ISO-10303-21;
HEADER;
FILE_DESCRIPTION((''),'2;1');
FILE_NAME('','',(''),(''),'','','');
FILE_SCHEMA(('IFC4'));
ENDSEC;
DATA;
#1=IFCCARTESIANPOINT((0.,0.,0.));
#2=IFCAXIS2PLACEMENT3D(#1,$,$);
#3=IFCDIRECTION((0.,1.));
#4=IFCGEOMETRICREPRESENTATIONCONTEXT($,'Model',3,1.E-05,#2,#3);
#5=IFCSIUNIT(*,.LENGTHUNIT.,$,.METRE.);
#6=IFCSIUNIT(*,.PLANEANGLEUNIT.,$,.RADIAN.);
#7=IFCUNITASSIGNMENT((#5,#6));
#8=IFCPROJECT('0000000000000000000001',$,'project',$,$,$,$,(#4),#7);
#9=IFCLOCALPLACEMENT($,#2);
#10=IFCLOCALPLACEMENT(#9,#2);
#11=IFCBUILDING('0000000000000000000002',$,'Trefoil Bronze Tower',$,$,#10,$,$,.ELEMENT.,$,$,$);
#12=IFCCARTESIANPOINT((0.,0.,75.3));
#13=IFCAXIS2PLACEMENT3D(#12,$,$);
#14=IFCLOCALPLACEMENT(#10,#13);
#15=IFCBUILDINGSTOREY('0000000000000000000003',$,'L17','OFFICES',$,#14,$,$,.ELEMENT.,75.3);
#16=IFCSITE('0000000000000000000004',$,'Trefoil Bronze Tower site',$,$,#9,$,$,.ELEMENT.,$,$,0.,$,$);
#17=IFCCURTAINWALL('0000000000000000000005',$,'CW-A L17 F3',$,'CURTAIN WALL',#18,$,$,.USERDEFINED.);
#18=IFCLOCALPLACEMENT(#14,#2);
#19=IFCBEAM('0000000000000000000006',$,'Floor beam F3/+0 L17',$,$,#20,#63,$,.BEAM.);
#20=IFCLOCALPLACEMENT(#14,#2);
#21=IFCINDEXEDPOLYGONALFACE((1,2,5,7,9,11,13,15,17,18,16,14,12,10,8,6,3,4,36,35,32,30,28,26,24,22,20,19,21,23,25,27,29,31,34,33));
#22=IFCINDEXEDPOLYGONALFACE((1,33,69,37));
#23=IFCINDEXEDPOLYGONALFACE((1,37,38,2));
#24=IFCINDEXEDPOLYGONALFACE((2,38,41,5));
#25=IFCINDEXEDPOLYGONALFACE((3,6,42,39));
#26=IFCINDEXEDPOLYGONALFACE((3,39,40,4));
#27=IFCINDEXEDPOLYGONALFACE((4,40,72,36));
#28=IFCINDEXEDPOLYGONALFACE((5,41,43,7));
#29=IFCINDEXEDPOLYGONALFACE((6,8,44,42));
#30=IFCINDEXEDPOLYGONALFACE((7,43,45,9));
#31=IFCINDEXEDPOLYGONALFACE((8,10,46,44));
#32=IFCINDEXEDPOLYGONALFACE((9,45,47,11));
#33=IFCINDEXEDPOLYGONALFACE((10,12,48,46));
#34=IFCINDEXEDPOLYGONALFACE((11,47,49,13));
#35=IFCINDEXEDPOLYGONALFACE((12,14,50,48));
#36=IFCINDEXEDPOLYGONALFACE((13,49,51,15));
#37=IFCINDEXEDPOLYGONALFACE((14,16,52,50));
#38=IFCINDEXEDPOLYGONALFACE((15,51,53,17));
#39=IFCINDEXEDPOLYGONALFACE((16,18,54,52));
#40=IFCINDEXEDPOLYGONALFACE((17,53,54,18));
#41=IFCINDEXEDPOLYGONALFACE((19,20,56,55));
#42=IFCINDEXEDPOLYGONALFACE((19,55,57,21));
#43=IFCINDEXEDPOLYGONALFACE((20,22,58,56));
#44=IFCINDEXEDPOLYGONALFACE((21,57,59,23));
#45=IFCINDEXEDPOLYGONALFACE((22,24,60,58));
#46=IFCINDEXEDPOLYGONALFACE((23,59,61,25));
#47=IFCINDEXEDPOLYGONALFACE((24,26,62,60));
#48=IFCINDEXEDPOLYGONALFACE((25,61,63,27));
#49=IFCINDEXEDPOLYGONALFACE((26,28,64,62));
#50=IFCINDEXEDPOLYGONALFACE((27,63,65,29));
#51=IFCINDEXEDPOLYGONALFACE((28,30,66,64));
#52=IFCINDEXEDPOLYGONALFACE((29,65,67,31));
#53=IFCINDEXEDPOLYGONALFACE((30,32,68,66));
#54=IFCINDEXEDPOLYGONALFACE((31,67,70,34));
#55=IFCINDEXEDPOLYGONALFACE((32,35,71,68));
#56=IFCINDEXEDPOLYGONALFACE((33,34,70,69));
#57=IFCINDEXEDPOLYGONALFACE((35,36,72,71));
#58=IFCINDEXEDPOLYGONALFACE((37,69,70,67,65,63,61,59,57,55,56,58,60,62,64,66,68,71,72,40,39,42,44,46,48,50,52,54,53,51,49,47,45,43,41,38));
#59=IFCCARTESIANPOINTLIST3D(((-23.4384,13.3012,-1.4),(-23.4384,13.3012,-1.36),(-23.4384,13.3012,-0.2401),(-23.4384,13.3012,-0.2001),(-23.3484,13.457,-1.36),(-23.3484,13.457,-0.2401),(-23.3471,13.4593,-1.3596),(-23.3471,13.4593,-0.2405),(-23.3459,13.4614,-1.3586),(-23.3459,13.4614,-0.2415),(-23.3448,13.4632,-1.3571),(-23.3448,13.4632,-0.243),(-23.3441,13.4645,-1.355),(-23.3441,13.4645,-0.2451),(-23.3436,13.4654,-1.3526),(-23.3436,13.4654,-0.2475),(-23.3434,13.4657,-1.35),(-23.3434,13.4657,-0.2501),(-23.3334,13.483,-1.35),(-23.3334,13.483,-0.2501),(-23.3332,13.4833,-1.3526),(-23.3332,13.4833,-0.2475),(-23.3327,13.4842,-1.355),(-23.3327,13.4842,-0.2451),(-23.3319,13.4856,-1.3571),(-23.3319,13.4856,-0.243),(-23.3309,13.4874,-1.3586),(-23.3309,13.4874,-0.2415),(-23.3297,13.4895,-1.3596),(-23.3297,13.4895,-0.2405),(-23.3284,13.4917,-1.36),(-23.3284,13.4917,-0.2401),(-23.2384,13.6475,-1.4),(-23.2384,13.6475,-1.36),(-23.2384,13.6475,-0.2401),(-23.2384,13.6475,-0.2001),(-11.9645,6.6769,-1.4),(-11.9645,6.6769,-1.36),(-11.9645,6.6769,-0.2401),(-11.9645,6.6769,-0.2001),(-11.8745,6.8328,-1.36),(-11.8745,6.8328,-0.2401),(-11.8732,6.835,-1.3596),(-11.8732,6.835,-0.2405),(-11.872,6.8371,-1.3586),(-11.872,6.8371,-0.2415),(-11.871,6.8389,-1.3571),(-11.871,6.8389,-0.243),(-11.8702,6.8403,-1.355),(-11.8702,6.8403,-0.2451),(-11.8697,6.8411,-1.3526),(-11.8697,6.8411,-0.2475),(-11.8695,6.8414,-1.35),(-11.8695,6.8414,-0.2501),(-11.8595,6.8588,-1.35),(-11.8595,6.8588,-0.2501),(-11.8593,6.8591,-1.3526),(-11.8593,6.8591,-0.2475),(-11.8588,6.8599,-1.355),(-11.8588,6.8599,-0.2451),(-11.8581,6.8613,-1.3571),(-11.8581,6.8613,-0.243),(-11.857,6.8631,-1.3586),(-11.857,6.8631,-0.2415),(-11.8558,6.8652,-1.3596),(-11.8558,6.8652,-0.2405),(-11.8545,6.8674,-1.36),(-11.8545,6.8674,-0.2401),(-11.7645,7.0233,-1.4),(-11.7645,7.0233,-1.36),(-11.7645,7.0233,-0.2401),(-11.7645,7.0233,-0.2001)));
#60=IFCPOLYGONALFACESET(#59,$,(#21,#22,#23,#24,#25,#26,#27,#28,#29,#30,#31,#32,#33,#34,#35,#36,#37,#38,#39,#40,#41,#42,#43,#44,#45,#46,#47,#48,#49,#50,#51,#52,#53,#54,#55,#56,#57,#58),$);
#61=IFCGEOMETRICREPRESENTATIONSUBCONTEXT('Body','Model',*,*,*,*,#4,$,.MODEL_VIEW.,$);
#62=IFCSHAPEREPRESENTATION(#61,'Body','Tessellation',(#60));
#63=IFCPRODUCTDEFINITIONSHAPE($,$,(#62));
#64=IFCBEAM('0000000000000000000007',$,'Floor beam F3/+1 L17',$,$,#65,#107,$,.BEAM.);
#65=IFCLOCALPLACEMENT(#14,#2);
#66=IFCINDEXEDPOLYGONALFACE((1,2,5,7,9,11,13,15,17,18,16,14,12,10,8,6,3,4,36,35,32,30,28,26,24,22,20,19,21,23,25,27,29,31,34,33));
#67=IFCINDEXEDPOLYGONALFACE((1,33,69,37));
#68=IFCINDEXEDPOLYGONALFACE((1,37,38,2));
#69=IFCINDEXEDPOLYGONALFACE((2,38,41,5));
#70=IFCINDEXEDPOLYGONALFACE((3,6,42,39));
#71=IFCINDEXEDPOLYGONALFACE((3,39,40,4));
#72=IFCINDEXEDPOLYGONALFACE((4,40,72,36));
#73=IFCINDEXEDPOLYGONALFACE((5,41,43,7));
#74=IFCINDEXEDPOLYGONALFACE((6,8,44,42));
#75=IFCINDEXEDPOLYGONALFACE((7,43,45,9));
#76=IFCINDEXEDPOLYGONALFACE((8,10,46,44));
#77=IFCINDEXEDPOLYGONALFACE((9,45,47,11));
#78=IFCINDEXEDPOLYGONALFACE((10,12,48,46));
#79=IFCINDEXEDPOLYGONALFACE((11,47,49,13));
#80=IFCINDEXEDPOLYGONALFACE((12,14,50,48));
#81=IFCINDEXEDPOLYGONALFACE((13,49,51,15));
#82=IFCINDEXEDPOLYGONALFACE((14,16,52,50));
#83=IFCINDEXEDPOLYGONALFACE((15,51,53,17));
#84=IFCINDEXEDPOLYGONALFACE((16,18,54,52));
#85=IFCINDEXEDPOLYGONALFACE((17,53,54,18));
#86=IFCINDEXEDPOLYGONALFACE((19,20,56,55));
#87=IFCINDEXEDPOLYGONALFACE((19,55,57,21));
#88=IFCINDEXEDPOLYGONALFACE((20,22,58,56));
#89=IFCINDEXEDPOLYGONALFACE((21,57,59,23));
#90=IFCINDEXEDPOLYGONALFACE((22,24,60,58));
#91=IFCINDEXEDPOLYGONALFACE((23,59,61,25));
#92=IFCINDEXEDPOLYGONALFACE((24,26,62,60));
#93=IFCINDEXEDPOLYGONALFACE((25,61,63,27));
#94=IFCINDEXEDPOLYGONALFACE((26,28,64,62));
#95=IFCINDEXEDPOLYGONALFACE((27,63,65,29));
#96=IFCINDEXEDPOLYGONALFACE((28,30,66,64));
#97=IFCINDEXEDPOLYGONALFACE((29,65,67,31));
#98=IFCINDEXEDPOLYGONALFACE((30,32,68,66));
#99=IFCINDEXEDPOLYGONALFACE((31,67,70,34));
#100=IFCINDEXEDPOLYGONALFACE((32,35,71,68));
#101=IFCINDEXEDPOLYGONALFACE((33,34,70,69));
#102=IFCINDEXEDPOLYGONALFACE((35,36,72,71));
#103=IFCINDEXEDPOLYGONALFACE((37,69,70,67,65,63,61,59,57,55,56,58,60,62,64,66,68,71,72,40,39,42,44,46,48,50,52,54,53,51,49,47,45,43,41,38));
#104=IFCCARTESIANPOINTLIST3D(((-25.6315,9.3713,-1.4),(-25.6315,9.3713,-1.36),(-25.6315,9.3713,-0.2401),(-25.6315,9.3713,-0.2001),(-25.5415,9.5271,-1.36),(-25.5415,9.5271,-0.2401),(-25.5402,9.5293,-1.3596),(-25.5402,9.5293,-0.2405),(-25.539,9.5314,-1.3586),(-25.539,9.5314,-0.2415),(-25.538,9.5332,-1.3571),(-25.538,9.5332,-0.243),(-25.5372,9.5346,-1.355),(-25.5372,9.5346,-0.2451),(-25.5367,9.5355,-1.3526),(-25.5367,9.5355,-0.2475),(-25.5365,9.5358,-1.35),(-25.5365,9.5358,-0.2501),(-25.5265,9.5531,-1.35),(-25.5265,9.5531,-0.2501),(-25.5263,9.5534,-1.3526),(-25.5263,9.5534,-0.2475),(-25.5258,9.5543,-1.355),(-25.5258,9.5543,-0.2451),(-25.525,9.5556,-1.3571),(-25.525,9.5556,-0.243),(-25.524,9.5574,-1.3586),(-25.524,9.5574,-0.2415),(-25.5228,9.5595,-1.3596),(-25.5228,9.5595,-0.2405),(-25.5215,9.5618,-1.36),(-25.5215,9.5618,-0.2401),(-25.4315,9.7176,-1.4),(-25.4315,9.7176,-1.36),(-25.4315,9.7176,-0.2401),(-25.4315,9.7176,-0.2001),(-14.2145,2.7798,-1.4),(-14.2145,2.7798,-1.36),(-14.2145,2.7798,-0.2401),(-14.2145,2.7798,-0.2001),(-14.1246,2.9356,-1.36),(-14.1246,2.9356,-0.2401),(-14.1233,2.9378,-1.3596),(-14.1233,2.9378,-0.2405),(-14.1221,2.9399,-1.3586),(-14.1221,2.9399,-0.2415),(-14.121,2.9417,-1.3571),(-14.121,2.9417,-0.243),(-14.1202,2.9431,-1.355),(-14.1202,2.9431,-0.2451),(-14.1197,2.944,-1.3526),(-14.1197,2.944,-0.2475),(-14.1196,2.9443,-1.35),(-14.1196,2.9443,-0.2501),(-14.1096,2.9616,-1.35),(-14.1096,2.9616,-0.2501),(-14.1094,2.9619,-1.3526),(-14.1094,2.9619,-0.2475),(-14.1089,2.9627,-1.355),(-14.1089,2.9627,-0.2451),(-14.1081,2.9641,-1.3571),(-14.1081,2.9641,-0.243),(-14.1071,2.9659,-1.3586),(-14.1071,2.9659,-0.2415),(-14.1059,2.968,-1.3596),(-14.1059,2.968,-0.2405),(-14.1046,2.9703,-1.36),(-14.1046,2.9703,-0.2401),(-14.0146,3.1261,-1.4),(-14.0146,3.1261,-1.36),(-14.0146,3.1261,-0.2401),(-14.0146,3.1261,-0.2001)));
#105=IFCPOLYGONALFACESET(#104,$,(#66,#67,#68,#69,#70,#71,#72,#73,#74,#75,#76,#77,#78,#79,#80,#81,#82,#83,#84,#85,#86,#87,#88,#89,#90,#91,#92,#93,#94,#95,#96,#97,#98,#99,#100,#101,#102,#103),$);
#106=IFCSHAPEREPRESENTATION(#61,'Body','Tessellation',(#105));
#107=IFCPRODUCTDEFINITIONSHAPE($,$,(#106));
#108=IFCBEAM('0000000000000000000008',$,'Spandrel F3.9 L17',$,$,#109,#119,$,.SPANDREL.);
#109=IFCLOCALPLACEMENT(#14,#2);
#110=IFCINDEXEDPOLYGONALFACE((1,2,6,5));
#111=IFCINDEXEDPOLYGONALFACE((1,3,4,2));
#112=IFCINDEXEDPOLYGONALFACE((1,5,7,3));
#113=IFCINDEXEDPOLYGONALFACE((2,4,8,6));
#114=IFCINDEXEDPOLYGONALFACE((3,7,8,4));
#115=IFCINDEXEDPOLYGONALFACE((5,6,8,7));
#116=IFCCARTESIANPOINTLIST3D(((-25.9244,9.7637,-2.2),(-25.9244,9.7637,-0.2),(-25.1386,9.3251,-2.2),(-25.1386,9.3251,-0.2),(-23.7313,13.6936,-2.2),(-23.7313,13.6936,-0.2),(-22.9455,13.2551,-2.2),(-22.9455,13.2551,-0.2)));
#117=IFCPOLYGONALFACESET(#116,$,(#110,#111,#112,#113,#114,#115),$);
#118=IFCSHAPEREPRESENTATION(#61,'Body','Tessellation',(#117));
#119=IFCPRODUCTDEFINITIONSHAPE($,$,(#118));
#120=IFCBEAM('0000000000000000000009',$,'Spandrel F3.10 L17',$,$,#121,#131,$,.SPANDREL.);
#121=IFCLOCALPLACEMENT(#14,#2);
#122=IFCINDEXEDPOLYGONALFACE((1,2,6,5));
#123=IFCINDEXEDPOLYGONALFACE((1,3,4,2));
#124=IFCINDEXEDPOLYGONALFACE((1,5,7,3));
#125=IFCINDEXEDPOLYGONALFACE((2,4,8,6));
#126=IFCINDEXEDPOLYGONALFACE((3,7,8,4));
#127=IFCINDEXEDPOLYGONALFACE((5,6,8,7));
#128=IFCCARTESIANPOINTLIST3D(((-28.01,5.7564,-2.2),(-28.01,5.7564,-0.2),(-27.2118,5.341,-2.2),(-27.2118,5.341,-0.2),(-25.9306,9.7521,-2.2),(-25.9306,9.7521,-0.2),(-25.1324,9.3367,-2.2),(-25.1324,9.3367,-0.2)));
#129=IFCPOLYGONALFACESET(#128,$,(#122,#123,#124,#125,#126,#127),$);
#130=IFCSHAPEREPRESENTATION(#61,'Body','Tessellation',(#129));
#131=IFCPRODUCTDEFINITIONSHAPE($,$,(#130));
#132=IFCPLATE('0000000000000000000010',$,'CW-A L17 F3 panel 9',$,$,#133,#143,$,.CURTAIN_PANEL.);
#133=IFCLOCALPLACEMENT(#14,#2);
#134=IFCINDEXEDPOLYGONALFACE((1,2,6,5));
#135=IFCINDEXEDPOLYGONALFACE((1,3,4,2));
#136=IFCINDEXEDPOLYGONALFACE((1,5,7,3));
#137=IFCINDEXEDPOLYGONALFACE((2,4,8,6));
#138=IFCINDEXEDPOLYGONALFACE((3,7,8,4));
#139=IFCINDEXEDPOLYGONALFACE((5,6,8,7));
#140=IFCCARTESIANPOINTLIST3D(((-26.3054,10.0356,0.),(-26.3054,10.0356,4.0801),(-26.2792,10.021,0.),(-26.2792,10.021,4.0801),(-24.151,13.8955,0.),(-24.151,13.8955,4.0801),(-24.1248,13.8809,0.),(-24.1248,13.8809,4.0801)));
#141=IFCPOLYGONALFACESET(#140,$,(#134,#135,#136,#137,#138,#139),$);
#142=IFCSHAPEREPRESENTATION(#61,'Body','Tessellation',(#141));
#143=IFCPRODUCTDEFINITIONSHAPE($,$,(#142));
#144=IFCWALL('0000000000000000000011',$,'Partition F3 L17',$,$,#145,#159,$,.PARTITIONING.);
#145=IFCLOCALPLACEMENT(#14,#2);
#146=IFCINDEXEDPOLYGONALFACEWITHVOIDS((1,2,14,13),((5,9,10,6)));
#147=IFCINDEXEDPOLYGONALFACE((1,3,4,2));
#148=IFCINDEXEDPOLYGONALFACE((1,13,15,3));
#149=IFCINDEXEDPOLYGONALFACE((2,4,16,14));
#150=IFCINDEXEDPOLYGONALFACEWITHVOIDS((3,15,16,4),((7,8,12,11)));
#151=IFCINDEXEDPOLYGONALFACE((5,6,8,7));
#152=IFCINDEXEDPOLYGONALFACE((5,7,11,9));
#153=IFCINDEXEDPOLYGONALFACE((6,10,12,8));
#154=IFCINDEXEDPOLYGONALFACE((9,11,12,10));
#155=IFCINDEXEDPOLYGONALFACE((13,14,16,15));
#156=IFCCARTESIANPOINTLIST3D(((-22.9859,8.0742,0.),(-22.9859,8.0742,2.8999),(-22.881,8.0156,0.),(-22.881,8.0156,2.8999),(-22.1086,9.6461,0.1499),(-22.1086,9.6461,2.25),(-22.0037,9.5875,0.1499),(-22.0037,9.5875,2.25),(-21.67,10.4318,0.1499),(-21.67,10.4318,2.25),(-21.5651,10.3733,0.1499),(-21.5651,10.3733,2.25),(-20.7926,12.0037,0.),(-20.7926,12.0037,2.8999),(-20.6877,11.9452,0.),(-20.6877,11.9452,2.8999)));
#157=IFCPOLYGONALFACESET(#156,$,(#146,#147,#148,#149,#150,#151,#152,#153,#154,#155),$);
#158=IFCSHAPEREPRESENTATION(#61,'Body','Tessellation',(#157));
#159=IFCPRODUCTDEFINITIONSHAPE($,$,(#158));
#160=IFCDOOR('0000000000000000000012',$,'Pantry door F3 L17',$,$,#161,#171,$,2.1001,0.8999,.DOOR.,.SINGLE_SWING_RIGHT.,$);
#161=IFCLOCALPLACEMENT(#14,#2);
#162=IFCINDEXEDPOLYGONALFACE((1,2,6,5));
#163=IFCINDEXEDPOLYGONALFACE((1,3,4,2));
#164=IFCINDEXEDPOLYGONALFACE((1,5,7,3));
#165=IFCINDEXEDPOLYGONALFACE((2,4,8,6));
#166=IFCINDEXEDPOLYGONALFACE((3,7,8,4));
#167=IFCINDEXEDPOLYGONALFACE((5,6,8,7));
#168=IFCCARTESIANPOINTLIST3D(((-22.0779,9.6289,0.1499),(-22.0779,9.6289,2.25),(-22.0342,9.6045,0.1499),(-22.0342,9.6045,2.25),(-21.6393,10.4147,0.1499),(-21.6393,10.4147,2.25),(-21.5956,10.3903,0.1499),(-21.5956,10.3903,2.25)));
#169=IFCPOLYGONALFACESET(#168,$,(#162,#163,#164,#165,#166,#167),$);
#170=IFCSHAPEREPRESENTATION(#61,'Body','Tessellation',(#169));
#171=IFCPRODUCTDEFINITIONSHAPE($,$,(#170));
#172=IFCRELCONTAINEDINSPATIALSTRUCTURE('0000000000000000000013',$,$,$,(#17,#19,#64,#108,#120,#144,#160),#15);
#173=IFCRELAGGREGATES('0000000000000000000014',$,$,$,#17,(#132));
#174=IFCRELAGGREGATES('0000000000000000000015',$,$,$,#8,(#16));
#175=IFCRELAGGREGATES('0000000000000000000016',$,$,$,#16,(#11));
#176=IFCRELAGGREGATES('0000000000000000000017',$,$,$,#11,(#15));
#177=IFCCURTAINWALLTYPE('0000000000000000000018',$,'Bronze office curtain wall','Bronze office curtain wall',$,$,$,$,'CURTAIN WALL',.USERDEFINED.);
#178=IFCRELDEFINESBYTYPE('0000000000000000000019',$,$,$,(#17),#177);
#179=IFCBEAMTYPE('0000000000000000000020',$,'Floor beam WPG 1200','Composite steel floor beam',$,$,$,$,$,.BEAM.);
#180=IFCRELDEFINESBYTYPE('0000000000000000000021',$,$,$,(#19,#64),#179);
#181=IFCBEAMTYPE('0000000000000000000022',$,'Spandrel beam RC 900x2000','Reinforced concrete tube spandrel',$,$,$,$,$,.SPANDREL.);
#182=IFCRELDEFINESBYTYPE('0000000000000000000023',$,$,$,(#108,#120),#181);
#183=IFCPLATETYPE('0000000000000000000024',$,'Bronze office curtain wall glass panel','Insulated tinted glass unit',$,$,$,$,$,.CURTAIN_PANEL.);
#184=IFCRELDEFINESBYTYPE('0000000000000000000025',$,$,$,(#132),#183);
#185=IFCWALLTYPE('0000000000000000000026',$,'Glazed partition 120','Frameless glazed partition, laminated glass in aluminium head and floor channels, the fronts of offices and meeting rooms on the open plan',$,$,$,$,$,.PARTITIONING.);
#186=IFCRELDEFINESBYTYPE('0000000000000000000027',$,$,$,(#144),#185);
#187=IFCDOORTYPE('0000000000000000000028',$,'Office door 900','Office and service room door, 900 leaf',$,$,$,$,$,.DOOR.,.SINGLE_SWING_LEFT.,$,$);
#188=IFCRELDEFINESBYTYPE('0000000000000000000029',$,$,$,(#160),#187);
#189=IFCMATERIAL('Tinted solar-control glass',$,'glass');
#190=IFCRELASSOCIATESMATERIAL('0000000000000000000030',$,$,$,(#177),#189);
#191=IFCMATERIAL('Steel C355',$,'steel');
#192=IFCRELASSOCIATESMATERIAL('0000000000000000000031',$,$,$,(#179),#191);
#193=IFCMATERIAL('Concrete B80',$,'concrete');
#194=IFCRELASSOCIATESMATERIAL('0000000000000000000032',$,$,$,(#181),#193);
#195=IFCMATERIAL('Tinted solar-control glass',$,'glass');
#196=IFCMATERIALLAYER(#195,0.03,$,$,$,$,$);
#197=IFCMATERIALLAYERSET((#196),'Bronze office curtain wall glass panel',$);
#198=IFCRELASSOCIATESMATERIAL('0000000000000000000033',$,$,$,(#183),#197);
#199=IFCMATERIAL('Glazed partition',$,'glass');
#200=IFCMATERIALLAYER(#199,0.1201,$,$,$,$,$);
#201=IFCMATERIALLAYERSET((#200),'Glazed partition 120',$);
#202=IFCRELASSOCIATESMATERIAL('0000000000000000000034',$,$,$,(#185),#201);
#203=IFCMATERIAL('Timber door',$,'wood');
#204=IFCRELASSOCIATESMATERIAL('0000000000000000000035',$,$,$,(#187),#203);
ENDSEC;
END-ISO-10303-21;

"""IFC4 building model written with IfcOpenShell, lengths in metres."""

from ifc_helpers import new_model, si_unit, direction, frame, frame_2d, origin, origin_2d, place, context, subcontext, project, spatial, rectangle, i_section, extrude, material, layer, layer_set, material_profile, profile_set, type_object, element, fill, aggregate, save


model = new_model("IFC4")

# Units and contexts
model_context = context("Model", 3, precision=1e-05, world=origin(), true_north=direction((0.0, 1.0)))
body_context = subcontext(model_context, "Body", "Model", "MODEL_VIEW")
ifc_project = project(units=[si_unit("LENGTHUNIT", "METRE"), si_unit("PLANEANGLEUNIT", "RADIAN")], contexts=[model_context])

# Site, building, storey
site_placement = place(None, origin())
site = spatial("IfcSite", under=ifc_project, at=site_placement, Name="Trefoil Bronze Tower site", CompositionType="ELEMENT", RefElevation=0.0)
building_placement = place(site_placement, origin())
building = spatial("IfcBuilding", under=site, at=building_placement, Name="Trefoil Bronze Tower", CompositionType="ELEMENT")
storey_placement = place(building_placement, frame((0.0, 0.0, 75.3)))
storey = spatial("IfcBuildingStorey", under=building, at=storey_placement, Name="L17", Description="OFFICES", CompositionType="ELEMENT", Elevation=75.3)

# Curtain wall
ifc_material_1 = material(Name="Tinted solar-control glass", Category="glass")
curtain_wall_type = type_object("IfcCurtainWallType", Name="Bronze office curtain wall", Description="Bronze office curtain wall", ElementType="CURTAIN WALL", PredefinedType="USERDEFINED", material=ifc_material_1)
curtain_wall_placement = place(storey_placement, origin())
curtain_wall = element("IfcCurtainWall", 1, at=curtain_wall_placement, inside=storey, type_object=curtain_wall_type, Name="CW-A L17 F3", ObjectType="CURTAIN WALL", PredefinedType="USERDEFINED")

# Beams
ifc_material_2 = material(Name="Steel C355", Category="steel")
ifc_material_profile_1 = material_profile(ifc_material_2, i_section(OverallWidth=0.3999, OverallDepth=1.2, WebThickness=0.02, FlangeThickness=0.04, FilletRadius=0.01, at=origin_2d()), Name="WPG 1200")
ifc_profile_set_1 = profile_set([ifc_material_profile_1], Name="Steel C355")
beam_type_1 = type_object("IfcBeamType", Name="Floor beam WPG 1200", Description="Composite steel floor beam", PredefinedType="BEAM", material=ifc_profile_set_1)
beam_1_placement = place(storey_placement, frame((-23.3384, 13.4744, -0.8), z_axis=(0.866031, -0.49999, 0.0), x_axis=(0.49999, 0.866031, 0.0)))
element("IfcBeam", 2, at=beam_1_placement, inside=storey, type_object=beam_type_1, Name="Floor beam F3/+0 L17", PredefinedType="BEAM", context=body_context, shape_type="SweptSolid", body=[
    extrude(i_section(OverallWidth=0.3999, OverallDepth=1.2, WebThickness=0.02, FlangeThickness=0.04, FilletRadius=0.01, at=origin_2d()), origin(), (0.0, 0.0, 1.0), 13.2488),
])
beam_2_placement = place(storey_placement, frame((-25.5315, 9.5444, -0.8), z_axis=(0.866027, -0.499997, 0.0), x_axis=(0.499997, 0.866027, 0.0)))
element("IfcBeam", 3, at=beam_2_placement, inside=storey, type_object=beam_type_1, Name="Floor beam F3/+1 L17", PredefinedType="BEAM", context=body_context, shape_type="SweptSolid", body=[
    extrude(i_section(OverallWidth=0.3999, OverallDepth=1.2, WebThickness=0.02, FlangeThickness=0.04, FilletRadius=0.01, at=origin_2d()), origin(), (0.0, 0.0, 1.0), 13.1831),
])
ifc_material_3 = material(Name="Concrete B80", Category="concrete")
ifc_material_profile_2 = material_profile(ifc_material_3, rectangle(XDim=0.8999, YDim=2.0, at=origin_2d()), Name="RC 900x2000")
ifc_profile_set_2 = profile_set([ifc_material_profile_2], Name="Concrete B80")
beam_type_2 = type_object("IfcBeamType", Name="Spandrel beam RC 900x2000", Description="Reinforced concrete tube spandrel", PredefinedType="SPANDREL", material=ifc_profile_set_2)
beam_3_placement = place(storey_placement, frame((-23.3384, 13.4744, -1.2), z_axis=(-0.487309, -0.873229, 0.0), x_axis=(0.873229, -0.487309, 0.0)))
element("IfcBeam", 4, at=beam_3_placement, inside=storey, type_object=beam_type_2, Name="Spandrel F3.9 L17", PredefinedType="SPANDREL", context=body_context, shape_type="SweptSolid", body=[
    extrude(rectangle(XDim=0.8999, YDim=2.0, at=origin_2d()), origin(), (0.0, 0.0, 1.0), 4.5005),
])
beam_4_placement = place(storey_placement, frame((-25.5315, 9.5444, -1.2), z_axis=(-0.461638, -0.887069, 0.0), x_axis=(0.887069, -0.461638, 0.0)))
element("IfcBeam", 5, at=beam_4_placement, inside=storey, type_object=beam_type_2, Name="Spandrel F3.10 L17", PredefinedType="SPANDREL", context=body_context, shape_type="SweptSolid", body=[
    extrude(rectangle(XDim=0.8999, YDim=2.0, at=origin_2d()), origin(), (0.0, 0.0, 1.0), 4.5044),
])

# Plate
ifc_material_4 = material(Name="Tinted solar-control glass", Category="glass")
ifc_layer_1 = layer(ifc_material_4, 0.03)
ifc_layer_set_1 = layer_set([ifc_layer_1], Name="Bronze office curtain wall glass panel")
plate_type = type_object("IfcPlateType", Name="Bronze office curtain wall glass panel", Description="Insulated tinted glass unit", PredefinedType="CURTAIN_PANEL", material=ifc_layer_set_1)
plate_placement = place(storey_placement, frame((-25.2151, 11.9583, 0.0), z_axis=(0.0, 0.0, 1.0), x_axis=(-0.487382, -0.873189, 0.0)))
plate = element("IfcPlate", 6, at=plate_placement, type_object=plate_type, Name="CW-A L17 F3 panel 9", PredefinedType="CURTAIN_PANEL", context=body_context, shape_type="SweptSolid", body=[
    extrude(rectangle(XDim=4.4204, YDim=0.03, at=origin_2d()), origin(), (0.0, 0.0, 1.0), 4.0801),
])
aggregate(curtain_wall, [plate])

# Wall, opening, door
ifc_material_5 = material(Name="Glazed partition", Category="glass")
ifc_layer_2 = layer(ifc_material_5, 0.1201)
ifc_layer_set_2 = layer_set([ifc_layer_2], Name="Glazed partition 120")
wall_type_1 = type_object("IfcWallType", Name="Glazed partition 120", Description="Frameless glazed partition, laminated glass in aluminium head and floor channels, the fronts of offices and meeting rooms on the open plan", PredefinedType="PARTITIONING", material=ifc_layer_set_2)
wall_1_placement = place(storey_placement, frame((-20.7402, 11.9744, 0.0), z_axis=(0.0, 0.0, 1.0), x_axis=(-0.487374, -0.873193, 0.0)))
wall_1 = element("IfcWall", 7, at=wall_1_placement, inside=storey, type_object=wall_type_1, Name="Partition F3 L17", PredefinedType="PARTITIONING", context=body_context, shape_type="SweptSolid", body=[
    extrude(rectangle(XDim=4.5002, YDim=0.1201, at=frame_2d((2.25, 0.0))), origin(), (0.0, 0.0, 1.0), 2.8999),
])
opening_1_placement = place(wall_1_placement, frame((1.8, 0.0, 0.1499)))
opening_1 = element("IfcOpeningElement", 8, at=opening_1_placement, cuts=wall_1, PredefinedType="OPENING", context=body_context, shape_type="SweptSolid", body=[
    extrude(rectangle(XDim=0.8999, YDim=2.1001, at=frame_2d((0.45, 1.05))), frame((0.0, 0.0701, 0.0), z_axis=(0.0, -1.0, 0.0), x_axis=(1.0, 0.0, 0.0)), (0.0, 0.0, 1.0), 0.1401),
])
ifc_material_6 = material(Name="Timber door", Category="wood")
door_type_1 = type_object("IfcDoorType", Name="Office door 900", Description="Office and service room door, 900 leaf", OperationType="SINGLE_SWING_LEFT", PredefinedType="DOOR", material=ifc_material_6)
door_1_placement = place(opening_1_placement, frame((0.8999, 0.0, 0.0), z_axis=(0.0, 0.0, 1.0), x_axis=(-1.0, 0.0, 0.0)))
door_1 = element("IfcDoor", 9, at=door_1_placement, inside=storey, type_object=door_type_1, Name="Pantry door F3 L17", OperationType="SINGLE_SWING_RIGHT", OverallHeight=2.1001, OverallWidth=0.8999, PredefinedType="DOOR", context=body_context, shape_type="SweptSolid", body=[
    extrude(rectangle(XDim=0.8999, YDim=2.1001, at=frame_2d((0.45, 1.05))), frame((0.0, 0.0249, 0.0), z_axis=(0.0, -1.0, 0.0), x_axis=(1.0, 0.0, 0.0)), (0.0, 0.0, 1.0), 0.05),
])
fill(opening_1, door_1)

save(model, "model.ifc")
